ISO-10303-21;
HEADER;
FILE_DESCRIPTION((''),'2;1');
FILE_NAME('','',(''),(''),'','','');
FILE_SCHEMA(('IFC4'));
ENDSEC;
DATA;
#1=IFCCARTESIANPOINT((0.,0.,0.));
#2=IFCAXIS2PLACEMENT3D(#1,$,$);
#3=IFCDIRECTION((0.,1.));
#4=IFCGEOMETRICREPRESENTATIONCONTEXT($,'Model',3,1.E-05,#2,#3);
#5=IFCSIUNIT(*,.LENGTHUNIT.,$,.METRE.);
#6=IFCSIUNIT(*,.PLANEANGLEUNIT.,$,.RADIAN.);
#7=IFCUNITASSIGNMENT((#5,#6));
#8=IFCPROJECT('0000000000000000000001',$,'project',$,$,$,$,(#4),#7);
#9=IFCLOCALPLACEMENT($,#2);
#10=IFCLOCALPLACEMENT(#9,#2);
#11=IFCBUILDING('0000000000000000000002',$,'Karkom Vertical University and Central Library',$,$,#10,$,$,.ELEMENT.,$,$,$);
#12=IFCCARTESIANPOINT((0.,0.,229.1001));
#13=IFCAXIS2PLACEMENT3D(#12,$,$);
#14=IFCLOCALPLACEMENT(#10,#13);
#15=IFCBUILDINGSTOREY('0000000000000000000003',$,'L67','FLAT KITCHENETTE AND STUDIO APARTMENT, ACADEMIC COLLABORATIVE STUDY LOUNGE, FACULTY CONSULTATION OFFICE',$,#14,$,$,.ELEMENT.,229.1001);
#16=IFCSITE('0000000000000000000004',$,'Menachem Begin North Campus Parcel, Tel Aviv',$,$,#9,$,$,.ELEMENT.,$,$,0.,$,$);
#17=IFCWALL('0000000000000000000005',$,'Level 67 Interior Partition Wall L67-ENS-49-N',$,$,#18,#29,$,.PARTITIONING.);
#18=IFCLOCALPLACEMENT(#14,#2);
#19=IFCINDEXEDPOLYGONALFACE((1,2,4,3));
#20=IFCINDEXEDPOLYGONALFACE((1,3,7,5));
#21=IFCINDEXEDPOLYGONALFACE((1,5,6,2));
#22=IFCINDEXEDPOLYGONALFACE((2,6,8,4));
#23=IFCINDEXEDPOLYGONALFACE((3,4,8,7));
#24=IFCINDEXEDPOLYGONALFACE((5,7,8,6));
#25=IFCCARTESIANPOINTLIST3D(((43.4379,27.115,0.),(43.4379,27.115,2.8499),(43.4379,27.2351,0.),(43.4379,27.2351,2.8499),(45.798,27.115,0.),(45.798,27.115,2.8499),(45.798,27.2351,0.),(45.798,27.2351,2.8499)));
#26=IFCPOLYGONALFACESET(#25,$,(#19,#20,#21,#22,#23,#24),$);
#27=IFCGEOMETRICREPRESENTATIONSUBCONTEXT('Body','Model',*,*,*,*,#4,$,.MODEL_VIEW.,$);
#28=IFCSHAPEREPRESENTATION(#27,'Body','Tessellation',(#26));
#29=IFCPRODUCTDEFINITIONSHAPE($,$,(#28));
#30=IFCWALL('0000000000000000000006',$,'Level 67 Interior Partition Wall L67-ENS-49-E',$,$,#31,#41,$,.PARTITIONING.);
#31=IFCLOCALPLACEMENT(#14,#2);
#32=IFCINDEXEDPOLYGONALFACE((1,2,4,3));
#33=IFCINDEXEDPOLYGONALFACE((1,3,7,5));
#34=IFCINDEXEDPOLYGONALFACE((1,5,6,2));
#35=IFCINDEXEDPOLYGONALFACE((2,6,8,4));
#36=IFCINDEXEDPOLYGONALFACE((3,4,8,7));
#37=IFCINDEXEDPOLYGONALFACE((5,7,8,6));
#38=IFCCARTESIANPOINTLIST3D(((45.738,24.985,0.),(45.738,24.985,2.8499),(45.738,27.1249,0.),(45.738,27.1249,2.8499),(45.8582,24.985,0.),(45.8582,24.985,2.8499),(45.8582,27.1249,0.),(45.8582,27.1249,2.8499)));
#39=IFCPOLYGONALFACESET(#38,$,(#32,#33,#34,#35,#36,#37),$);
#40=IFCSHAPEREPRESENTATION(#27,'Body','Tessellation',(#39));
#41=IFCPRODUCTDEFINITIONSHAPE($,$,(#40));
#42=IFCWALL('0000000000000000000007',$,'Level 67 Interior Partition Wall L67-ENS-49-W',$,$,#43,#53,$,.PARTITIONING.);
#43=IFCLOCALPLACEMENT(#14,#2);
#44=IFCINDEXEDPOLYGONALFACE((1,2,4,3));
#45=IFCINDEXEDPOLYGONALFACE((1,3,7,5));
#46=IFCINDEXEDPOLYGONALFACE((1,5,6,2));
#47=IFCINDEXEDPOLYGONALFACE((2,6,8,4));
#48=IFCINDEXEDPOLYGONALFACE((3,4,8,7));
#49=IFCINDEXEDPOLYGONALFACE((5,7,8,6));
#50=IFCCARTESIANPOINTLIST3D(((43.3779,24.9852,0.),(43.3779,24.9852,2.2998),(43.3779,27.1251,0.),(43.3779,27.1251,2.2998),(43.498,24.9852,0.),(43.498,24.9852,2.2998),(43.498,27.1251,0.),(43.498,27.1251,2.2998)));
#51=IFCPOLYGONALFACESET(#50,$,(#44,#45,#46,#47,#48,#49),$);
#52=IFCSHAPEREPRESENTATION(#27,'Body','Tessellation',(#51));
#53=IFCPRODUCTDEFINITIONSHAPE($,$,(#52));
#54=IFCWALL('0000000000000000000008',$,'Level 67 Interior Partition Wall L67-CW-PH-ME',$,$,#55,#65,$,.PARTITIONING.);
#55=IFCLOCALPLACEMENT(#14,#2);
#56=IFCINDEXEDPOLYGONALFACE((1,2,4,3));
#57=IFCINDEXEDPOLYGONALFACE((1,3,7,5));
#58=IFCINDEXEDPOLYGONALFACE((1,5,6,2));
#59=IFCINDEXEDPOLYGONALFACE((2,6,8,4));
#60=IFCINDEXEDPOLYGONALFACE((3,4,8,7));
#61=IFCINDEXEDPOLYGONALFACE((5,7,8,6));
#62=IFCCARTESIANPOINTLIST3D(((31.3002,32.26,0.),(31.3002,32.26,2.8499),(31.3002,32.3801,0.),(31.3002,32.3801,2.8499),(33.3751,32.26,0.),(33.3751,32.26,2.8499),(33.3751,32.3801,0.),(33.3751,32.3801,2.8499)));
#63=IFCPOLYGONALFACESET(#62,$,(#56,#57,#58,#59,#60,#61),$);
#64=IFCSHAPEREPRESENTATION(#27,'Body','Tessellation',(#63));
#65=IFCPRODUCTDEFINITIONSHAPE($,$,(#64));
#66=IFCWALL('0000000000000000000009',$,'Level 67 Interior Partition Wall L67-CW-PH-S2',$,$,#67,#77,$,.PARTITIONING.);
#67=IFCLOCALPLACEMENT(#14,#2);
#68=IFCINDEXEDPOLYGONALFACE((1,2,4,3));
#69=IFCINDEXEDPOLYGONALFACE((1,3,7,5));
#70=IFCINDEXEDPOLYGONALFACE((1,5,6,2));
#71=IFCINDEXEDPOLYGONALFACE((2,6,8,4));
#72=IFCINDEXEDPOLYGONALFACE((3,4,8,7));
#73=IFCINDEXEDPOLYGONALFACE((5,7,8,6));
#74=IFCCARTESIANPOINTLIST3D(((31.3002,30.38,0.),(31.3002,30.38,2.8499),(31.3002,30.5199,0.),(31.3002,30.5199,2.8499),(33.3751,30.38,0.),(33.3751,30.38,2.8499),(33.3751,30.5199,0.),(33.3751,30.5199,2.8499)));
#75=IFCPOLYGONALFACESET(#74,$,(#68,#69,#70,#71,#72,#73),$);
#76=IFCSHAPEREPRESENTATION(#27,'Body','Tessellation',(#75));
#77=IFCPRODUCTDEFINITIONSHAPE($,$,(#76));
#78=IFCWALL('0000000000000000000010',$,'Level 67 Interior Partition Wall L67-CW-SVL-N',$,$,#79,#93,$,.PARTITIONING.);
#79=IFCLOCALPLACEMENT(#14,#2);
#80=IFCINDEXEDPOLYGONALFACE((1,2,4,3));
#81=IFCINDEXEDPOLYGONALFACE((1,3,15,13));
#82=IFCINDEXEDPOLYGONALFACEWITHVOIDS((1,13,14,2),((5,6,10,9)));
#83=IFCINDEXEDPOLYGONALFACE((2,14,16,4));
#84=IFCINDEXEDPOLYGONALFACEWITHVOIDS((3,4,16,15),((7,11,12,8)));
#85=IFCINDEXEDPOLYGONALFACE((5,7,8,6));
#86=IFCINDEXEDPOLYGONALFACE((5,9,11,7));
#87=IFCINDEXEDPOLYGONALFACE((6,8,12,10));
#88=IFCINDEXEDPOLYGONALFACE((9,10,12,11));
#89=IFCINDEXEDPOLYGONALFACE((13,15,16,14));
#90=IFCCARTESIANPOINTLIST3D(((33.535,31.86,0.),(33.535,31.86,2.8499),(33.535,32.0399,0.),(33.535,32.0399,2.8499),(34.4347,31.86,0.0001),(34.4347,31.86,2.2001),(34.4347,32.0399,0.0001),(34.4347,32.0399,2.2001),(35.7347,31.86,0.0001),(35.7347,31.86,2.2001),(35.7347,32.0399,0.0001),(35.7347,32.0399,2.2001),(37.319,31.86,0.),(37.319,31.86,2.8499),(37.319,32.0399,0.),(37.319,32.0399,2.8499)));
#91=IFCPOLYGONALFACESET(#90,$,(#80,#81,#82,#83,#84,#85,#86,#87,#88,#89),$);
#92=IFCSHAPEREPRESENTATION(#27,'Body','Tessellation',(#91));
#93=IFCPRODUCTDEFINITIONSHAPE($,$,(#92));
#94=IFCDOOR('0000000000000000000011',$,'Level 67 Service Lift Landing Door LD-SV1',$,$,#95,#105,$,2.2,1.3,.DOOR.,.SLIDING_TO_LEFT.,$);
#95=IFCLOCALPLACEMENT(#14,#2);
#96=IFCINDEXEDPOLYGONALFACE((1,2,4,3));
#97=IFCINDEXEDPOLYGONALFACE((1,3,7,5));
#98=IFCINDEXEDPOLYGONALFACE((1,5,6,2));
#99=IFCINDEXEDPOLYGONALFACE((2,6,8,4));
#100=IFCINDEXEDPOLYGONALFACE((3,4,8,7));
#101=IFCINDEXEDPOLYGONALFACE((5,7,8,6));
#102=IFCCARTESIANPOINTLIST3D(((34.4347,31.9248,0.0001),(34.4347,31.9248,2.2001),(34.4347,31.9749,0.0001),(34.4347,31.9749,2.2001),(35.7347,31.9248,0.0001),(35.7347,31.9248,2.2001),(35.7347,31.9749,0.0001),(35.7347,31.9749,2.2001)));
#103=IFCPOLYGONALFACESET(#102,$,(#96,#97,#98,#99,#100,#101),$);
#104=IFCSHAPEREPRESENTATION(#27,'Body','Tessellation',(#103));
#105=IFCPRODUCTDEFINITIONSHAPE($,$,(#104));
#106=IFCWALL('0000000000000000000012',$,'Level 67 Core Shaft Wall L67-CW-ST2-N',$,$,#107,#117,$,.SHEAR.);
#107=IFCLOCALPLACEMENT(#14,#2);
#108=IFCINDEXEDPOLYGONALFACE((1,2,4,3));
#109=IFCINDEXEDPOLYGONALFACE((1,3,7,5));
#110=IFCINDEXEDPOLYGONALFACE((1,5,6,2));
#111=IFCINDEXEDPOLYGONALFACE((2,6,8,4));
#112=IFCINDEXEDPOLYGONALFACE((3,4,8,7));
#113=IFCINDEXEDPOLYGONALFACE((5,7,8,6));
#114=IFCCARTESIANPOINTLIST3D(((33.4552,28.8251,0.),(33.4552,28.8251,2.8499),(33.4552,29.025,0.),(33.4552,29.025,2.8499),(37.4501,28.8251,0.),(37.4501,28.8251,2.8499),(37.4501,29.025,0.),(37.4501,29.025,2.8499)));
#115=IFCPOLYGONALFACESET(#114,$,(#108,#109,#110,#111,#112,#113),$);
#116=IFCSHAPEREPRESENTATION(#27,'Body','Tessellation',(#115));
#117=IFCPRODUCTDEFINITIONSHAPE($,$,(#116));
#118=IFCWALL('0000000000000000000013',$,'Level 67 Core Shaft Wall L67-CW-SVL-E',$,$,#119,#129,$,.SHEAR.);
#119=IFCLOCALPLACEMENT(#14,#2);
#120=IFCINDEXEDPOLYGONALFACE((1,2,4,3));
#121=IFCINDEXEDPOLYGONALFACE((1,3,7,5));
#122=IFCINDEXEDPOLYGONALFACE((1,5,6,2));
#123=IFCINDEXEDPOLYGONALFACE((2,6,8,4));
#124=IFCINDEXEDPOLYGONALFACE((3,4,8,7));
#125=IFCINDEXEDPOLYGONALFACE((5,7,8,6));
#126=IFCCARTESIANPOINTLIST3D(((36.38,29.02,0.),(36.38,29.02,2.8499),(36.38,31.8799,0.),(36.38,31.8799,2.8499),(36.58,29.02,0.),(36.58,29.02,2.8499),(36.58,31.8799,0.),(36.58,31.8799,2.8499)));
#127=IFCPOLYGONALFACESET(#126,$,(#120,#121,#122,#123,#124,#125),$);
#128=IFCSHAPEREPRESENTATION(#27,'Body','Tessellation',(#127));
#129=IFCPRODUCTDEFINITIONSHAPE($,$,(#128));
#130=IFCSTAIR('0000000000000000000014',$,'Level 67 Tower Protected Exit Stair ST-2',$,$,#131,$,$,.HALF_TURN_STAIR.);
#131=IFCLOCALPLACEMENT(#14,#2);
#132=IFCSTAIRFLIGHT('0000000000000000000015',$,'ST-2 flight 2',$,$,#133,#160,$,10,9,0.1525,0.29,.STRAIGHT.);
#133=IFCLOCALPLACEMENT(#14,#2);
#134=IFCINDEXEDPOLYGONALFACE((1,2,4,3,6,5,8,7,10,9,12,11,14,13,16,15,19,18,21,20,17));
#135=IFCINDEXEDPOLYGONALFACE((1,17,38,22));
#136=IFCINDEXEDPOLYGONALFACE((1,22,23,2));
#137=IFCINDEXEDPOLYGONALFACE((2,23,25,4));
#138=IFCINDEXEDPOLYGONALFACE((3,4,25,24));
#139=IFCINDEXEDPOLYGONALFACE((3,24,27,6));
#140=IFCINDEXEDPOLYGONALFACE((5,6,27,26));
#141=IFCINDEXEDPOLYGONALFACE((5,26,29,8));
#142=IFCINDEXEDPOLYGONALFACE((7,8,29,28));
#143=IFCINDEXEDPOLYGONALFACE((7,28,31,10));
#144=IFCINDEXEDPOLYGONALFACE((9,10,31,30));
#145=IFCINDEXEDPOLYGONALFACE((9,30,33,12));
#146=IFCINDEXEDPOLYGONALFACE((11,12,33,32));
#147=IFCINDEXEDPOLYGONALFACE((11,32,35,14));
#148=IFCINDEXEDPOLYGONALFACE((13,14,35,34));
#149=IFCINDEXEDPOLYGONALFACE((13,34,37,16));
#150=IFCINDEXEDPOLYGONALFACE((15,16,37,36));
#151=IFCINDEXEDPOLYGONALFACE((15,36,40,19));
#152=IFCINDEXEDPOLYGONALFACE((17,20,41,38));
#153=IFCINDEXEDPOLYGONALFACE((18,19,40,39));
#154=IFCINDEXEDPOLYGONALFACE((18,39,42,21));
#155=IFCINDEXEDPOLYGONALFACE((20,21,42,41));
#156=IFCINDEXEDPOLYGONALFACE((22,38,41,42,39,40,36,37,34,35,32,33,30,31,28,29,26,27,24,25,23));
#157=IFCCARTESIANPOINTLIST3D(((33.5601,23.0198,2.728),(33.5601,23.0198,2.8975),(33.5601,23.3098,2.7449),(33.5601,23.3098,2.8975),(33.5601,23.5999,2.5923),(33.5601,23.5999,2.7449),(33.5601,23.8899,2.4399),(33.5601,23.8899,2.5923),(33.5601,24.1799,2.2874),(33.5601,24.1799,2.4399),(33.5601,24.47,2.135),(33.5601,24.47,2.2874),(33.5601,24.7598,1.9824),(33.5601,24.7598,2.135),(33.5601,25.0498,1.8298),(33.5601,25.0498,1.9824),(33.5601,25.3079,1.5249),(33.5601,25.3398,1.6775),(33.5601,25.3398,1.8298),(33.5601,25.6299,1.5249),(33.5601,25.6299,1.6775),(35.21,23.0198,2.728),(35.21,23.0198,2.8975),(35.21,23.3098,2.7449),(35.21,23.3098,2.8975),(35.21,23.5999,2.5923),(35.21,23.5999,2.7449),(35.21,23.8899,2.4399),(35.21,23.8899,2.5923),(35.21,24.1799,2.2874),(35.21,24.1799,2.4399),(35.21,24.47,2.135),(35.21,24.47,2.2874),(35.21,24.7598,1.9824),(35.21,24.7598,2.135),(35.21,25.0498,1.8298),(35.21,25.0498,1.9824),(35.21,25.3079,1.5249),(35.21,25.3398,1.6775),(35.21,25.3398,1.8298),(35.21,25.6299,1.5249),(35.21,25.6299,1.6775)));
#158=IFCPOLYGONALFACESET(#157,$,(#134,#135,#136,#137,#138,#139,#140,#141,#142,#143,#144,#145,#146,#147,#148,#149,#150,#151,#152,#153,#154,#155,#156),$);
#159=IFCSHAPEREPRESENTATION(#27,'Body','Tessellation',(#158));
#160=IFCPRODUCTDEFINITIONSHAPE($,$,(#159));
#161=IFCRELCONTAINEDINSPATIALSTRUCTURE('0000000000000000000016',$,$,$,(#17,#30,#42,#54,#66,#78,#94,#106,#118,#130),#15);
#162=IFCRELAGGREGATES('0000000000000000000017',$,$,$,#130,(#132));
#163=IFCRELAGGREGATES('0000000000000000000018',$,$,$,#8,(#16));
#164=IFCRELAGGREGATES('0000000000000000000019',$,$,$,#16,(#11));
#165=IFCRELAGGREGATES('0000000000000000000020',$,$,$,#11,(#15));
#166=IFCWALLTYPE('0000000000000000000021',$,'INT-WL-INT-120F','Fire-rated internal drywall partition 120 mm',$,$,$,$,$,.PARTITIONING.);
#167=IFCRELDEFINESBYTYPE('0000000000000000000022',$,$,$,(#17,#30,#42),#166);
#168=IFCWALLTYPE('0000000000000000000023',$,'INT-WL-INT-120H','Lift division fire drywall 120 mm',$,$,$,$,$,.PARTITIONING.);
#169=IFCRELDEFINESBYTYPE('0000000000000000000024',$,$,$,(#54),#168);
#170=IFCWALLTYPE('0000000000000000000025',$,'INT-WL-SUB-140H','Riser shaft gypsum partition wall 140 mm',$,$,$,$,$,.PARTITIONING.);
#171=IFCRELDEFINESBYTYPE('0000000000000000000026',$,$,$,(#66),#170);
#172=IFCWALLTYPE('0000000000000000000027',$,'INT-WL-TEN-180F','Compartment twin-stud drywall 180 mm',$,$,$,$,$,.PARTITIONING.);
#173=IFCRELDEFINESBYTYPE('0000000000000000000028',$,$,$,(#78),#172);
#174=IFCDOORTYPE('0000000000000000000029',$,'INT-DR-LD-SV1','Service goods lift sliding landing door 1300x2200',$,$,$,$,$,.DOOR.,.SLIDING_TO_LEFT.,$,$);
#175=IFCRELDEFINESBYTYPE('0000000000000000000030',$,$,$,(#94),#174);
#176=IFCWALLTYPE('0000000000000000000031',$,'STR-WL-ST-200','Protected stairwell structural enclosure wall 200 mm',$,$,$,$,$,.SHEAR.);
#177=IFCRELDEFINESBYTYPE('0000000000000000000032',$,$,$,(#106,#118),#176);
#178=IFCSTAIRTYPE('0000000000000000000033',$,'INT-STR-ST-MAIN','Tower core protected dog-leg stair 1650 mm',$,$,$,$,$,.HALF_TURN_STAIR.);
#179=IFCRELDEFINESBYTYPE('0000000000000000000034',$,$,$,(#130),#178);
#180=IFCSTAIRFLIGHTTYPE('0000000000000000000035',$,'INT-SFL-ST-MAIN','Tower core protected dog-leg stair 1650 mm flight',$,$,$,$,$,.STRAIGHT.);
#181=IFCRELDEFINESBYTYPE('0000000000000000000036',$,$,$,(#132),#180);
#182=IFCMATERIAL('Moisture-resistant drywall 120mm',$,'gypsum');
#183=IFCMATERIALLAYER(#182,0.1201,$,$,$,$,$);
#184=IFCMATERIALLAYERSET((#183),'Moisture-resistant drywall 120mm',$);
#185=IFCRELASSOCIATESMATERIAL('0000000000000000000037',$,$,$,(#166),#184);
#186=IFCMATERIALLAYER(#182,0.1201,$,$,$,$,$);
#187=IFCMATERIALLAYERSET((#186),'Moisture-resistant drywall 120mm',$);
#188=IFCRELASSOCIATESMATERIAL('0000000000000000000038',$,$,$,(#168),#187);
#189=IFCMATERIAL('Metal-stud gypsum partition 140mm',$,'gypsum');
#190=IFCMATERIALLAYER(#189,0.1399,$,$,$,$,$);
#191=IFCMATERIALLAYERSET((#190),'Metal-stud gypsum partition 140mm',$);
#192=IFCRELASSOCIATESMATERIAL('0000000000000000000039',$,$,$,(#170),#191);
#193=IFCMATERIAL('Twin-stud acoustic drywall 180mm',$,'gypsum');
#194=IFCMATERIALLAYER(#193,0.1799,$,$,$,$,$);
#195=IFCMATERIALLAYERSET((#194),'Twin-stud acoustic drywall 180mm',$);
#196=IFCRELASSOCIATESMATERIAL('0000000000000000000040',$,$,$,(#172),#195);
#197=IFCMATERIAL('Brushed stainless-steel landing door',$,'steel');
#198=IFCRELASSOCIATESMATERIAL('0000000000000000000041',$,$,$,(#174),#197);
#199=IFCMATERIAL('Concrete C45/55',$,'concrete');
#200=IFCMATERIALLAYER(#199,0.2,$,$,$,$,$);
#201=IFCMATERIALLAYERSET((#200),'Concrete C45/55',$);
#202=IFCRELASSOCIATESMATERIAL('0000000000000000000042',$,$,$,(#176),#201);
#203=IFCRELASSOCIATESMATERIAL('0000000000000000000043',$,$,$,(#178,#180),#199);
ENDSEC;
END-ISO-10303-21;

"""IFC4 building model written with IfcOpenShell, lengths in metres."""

from ifc_helpers import new_model, si_unit, direction, frame, frame_2d, origin, origin_with_axes, place, context, subcontext, project, spatial, polyline, rectangle, outline, extrude, source, transform, mapped, material, layer, layer_set, type_object, element, fill, aggregate, save


model = new_model("IFC4")

# Units and contexts
model_context = context("Model", 3, precision=1e-05, world=origin(), true_north=direction((0.0, 1.0)))
body_context = subcontext(model_context, "Body", "Model", "MODEL_VIEW")
ifc_project = project(units=[si_unit("LENGTHUNIT", "METRE"), si_unit("PLANEANGLEUNIT", "RADIAN")], contexts=[model_context])

# Site, building, storey
site_placement = place(None, origin())
site = spatial("IfcSite", under=ifc_project, at=site_placement, Name="Menachem Begin North Campus Parcel, Tel Aviv", CompositionType="ELEMENT", RefElevation=0.0)
building_placement = place(site_placement, origin())
building = spatial("IfcBuilding", under=site, at=building_placement, Name="Karkom Vertical University and Central Library", CompositionType="ELEMENT")
storey_placement = place(building_placement, frame((0.0, 0.0, 229.1001)))
storey = spatial("IfcBuildingStorey", under=building, at=storey_placement, Name="L67", Description="FLAT KITCHENETTE AND STUDIO APARTMENT, ACADEMIC COLLABORATIVE STUDY LOUNGE, FACULTY CONSULTATION OFFICE", CompositionType="ELEMENT", Elevation=229.1001)

# Shared definitions
ifc_material_1 = material(Name="Moisture-resistant drywall 120mm", Category="gypsum")

# Shared definitions
ifc_layer_1 = layer(ifc_material_1, 0.1201)
ifc_layer_set_1 = layer_set([ifc_layer_1], Name="Moisture-resistant drywall 120mm")
wall_type_1 = type_object("IfcWallType", Name="INT-WL-INT-120F", Description="Fire-rated internal drywall partition 120 mm", PredefinedType="PARTITIONING", material=ifc_layer_set_1)

# Walls
wall_1_placement = place(storey_placement, frame((45.7981, 27.175, 0.0), z_axis=(0.0, 0.0, 1.0), x_axis=(-1.0, 0.0, 0.0)))
element("IfcWall", 1, at=wall_1_placement, inside=storey, type_object=wall_type_1, Name="Level 67 Interior Partition Wall L67-ENS-49-N", PredefinedType="PARTITIONING", context=body_context, shape_type="SweptSolid", body=[
    extrude(rectangle(XDim=2.3601, YDim=0.1201, at=frame_2d((1.1802, 0.0))), origin(), (0.0, 0.0, 1.0), 2.8499),
])
wall_2_placement = place(storey_placement, frame((45.7981, 24.9851, 0.0), z_axis=(0.0, 0.0, 1.0), x_axis=(0.0, 1.0, 0.0)))
element("IfcWall", 2, at=wall_2_placement, inside=storey, type_object=wall_type_1, Name="Level 67 Interior Partition Wall L67-ENS-49-E", PredefinedType="PARTITIONING", context=body_context, shape_type="SweptSolid", body=[
    extrude(rectangle(XDim=2.1399, YDim=0.1201, at=frame_2d((1.0698, 0.0))), origin(), (0.0, 0.0, 1.0), 2.8499),
])
wall_3_placement = place(storey_placement, frame((43.438, 27.125, 0.0), z_axis=(0.0, 0.0, 1.0), x_axis=(0.0, -1.0, 0.0)))
element("IfcWall", 3, at=wall_3_placement, inside=storey, type_object=wall_type_1, Name="Level 67 Interior Partition Wall L67-ENS-49-W", PredefinedType="PARTITIONING", context=body_context, shape_type="SweptSolid", body=[
    extrude(rectangle(XDim=2.1399, YDim=0.1201, at=frame_2d((1.0698, 0.0))), origin(), (0.0, 0.0, 1.0), 2.2998),
])
ifc_layer_2 = layer(ifc_material_1, 0.1201)
ifc_layer_set_2 = layer_set([ifc_layer_2], Name="Moisture-resistant drywall 120mm")
wall_type_2 = type_object("IfcWallType", Name="INT-WL-INT-120H", Description="Lift division fire drywall 120 mm", PredefinedType="PARTITIONING", material=ifc_layer_set_2)
wall_4_placement = place(storey_placement, frame((31.3, 32.3201, 0.0), z_axis=(0.0, 0.0, 1.0), x_axis=(1.0, 0.0, 0.0)))
element("IfcWall", 4, at=wall_4_placement, inside=storey, type_object=wall_type_2, Name="Level 67 Interior Partition Wall L67-CW-PH-ME", PredefinedType="PARTITIONING", context=body_context, shape_type="SweptSolid", body=[
    extrude(rectangle(XDim=2.075, YDim=0.1201, at=frame_2d((1.0376, 0.0))), origin(), (0.0, 0.0, 1.0), 2.8499),
])

# Shared definitions
ifc_material_2 = material(Name="Metal-stud gypsum partition 140mm", Category="gypsum")
ifc_layer_3 = layer(ifc_material_2, 0.1399)
ifc_layer_set_3 = layer_set([ifc_layer_3], Name="Metal-stud gypsum partition 140mm")
wall_type_3 = type_object("IfcWallType", Name="INT-WL-SUB-140H", Description="Riser shaft gypsum partition wall 140 mm", PredefinedType="PARTITIONING", material=ifc_layer_set_3)
ifc_material_3 = material(Name="Brushed stainless-steel landing door", Category="steel")

# Wall
wall_5_placement = place(storey_placement, frame((31.3, 30.45, 0.0), z_axis=(0.0, 0.0, 1.0), x_axis=(1.0, 0.0, 0.0)))
element("IfcWall", 5, at=wall_5_placement, inside=storey, type_object=wall_type_3, Name="Level 67 Interior Partition Wall L67-CW-PH-S2", PredefinedType="PARTITIONING", context=body_context, shape_type="SweptSolid", body=[
    extrude(rectangle(XDim=2.075, YDim=0.1399, at=frame_2d((1.0376, 0.0))), origin(), (0.0, 0.0, 1.0), 2.8499),
])

# Wall, opening, door
ifc_material_4 = material(Name="Twin-stud acoustic drywall 180mm", Category="gypsum")
ifc_layer_4 = layer(ifc_material_4, 0.1799)
ifc_layer_set_4 = layer_set([ifc_layer_4], Name="Twin-stud acoustic drywall 180mm")
wall_type_4 = type_object("IfcWallType", Name="INT-WL-TEN-180F", Description="Compartment twin-stud drywall 180 mm", PredefinedType="PARTITIONING", material=ifc_layer_set_4)
wall_6_placement = place(storey_placement, frame((33.5349, 31.95, 0.0), z_axis=(0.0, 0.0, 1.0), x_axis=(1.0, 0.0, 0.0)))
wall_6 = element("IfcWall", 6, at=wall_6_placement, inside=storey, type_object=wall_type_4, Name="Level 67 Interior Partition Wall L67-CW-SVL-N", PredefinedType="PARTITIONING", context=body_context, shape_type="SweptSolid", body=[
    extrude(rectangle(XDim=3.7839, YDim=0.1799, at=frame_2d((1.8921, 0.0))), origin(), (0.0, 0.0, 1.0), 2.8499),
])
opening_1_placement = place(wall_6_placement, frame((0.8999, 0.0, 0.0)))
opening_1 = element("IfcOpeningElement", 7, at=opening_1_placement, cuts=wall_6, PredefinedType="OPENING", context=body_context, shape_type="SweptSolid", body=[
    extrude(rectangle(XDim=1.3, YDim=2.2, at=frame_2d((0.6499, 1.1001))), frame((0.0, 0.1001, 0.0), z_axis=(0.0, -1.0, 0.0), x_axis=(1.0, 0.0, 0.0)), (0.0, 0.0, 1.0), 0.2),
])
door_type_1 = type_object("IfcDoorType", Name="INT-DR-LD-SV1", Description="Service goods lift sliding landing door 1300x2200", OperationType="SLIDING_TO_LEFT", PredefinedType="DOOR", material=ifc_material_3)
shared_shape_1 = source(origin_with_axes(), body_context, "Body", "SweptSolid", [
    extrude(rectangle(XDim=1.3, YDim=2.2, at=frame_2d((0.6499, 1.1001))), frame((0.0, 0.0249, 0.0), z_axis=(0.0, -1.0, 0.0), x_axis=(1.0, 0.0, 0.0)), (0.0, 0.0, 1.0), 0.05),
])
door_1_placement = place(opening_1_placement, origin())
door_1 = element("IfcDoor", 8, at=door_1_placement, inside=storey, type_object=door_type_1, Name="Level 67 Service Lift Landing Door LD-SV1", OperationType="SLIDING_TO_LEFT", OverallHeight=2.2, OverallWidth=1.3, PredefinedType="DOOR", context=body_context, shape_type="MappedRepresentation", body=[
    mapped(shared_shape_1, transform((0.0, 0.0, 0.0), scale=1.0)),
])
fill(opening_1, door_1)

# Walls
ifc_material_5 = material(Name="Concrete C45/55", Category="concrete")
ifc_layer_5 = layer(ifc_material_5, 0.2)
ifc_layer_set_5 = layer_set([ifc_layer_5], Name="Concrete C45/55")
wall_type_5 = type_object("IfcWallType", Name="STR-WL-ST-200", Description="Protected stairwell structural enclosure wall 200 mm", PredefinedType="SHEAR", material=ifc_layer_set_5)
wall_7_placement = place(storey_placement, frame((33.4551, 28.925, 0.0), z_axis=(0.0, 0.0, 1.0), x_axis=(1.0, 0.0, 0.0)))
element("IfcWall", 9, at=wall_7_placement, inside=storey, type_object=wall_type_5, Name="Level 67 Core Shaft Wall L67-CW-ST2-N", PredefinedType="SHEAR", context=body_context, shape_type="SweptSolid", body=[
    extrude(rectangle(XDim=3.9949, YDim=0.2, at=frame_2d((1.9976, 0.0))), origin(), (0.0, 0.0, 1.0), 2.8499),
])
wall_8_placement = place(storey_placement, frame((36.48, 29.02, 0.0), z_axis=(0.0, 0.0, 1.0), x_axis=(0.0, 1.0, 0.0)))
element("IfcWall", 10, at=wall_8_placement, inside=storey, type_object=wall_type_5, Name="Level 67 Core Shaft Wall L67-CW-SVL-E", PredefinedType="SHEAR", context=body_context, shape_type="SweptSolid", body=[
    extrude(rectangle(XDim=2.8599, YDim=0.2, at=frame_2d((1.4299, 0.0))), origin(), (0.0, 0.0, 1.0), 2.8499),
])

# Stair, stair flight
stair_type = type_object("IfcStairType", Name="INT-STR-ST-MAIN", Description="Tower core protected dog-leg stair 1650 mm", PredefinedType="HALF_TURN_STAIR", material=ifc_material_5)
stair_placement = place(storey_placement, origin())
stair = element("IfcStair", 11, at=stair_placement, inside=storey, type_object=stair_type, Name="Level 67 Tower Protected Exit Stair ST-2", PredefinedType="HALF_TURN_STAIR")
stair_flight_type = type_object("IfcStairFlightType", Name="INT-SFL-ST-MAIN", Description="Tower core protected dog-leg stair 1650 mm flight", PredefinedType="STRAIGHT", material=ifc_material_5)
stair_flight_placement = place(storey_placement, frame((34.385, 25.6299, 1.5249), z_axis=(0.0, 0.0, 1.0), x_axis=(0.0, -1.0, 0.0)))
stair_flight = element("IfcStairFlight", 12, at=stair_flight_placement, type_object=stair_flight_type, Name="ST-2 flight 2", NumberOfRisers=10, NumberOfTreads=9, PredefinedType="STRAIGHT", RiserHeight=0.1525, TreadLength=0.29, context=body_context, shape_type="SweptSolid", body=[
    extrude(outline(polyline([(0.0, 0.0), (0.0, 0.1526), (0.29, 0.1526), (0.29, 0.3049), (0.5801, 0.3049), (0.5801, 0.4575), (0.8701, 0.4575), (0.8701, 0.6101), (1.1599, 0.6101), (1.1599, 0.7625), (1.45, 0.7625), (1.45, 0.915), (1.74, 0.915), (1.74, 1.0674), (2.03, 1.0674), (2.03, 1.22), (2.3201, 1.22), (2.3201, 1.3726), (2.6101, 1.3726), (2.6101, 1.5249), (2.6101, 1.2031), (0.322, 0.0), (0.0, 0.0)])), frame((0.0, 0.825, 0.0), z_axis=(0.0, -1.0, 0.0), x_axis=(1.0, 0.0, 0.0)), (0.0, 0.0, 1.0), 1.6499),
])
aggregate(stair, [stair_flight])

save(model, "model.ifc")
